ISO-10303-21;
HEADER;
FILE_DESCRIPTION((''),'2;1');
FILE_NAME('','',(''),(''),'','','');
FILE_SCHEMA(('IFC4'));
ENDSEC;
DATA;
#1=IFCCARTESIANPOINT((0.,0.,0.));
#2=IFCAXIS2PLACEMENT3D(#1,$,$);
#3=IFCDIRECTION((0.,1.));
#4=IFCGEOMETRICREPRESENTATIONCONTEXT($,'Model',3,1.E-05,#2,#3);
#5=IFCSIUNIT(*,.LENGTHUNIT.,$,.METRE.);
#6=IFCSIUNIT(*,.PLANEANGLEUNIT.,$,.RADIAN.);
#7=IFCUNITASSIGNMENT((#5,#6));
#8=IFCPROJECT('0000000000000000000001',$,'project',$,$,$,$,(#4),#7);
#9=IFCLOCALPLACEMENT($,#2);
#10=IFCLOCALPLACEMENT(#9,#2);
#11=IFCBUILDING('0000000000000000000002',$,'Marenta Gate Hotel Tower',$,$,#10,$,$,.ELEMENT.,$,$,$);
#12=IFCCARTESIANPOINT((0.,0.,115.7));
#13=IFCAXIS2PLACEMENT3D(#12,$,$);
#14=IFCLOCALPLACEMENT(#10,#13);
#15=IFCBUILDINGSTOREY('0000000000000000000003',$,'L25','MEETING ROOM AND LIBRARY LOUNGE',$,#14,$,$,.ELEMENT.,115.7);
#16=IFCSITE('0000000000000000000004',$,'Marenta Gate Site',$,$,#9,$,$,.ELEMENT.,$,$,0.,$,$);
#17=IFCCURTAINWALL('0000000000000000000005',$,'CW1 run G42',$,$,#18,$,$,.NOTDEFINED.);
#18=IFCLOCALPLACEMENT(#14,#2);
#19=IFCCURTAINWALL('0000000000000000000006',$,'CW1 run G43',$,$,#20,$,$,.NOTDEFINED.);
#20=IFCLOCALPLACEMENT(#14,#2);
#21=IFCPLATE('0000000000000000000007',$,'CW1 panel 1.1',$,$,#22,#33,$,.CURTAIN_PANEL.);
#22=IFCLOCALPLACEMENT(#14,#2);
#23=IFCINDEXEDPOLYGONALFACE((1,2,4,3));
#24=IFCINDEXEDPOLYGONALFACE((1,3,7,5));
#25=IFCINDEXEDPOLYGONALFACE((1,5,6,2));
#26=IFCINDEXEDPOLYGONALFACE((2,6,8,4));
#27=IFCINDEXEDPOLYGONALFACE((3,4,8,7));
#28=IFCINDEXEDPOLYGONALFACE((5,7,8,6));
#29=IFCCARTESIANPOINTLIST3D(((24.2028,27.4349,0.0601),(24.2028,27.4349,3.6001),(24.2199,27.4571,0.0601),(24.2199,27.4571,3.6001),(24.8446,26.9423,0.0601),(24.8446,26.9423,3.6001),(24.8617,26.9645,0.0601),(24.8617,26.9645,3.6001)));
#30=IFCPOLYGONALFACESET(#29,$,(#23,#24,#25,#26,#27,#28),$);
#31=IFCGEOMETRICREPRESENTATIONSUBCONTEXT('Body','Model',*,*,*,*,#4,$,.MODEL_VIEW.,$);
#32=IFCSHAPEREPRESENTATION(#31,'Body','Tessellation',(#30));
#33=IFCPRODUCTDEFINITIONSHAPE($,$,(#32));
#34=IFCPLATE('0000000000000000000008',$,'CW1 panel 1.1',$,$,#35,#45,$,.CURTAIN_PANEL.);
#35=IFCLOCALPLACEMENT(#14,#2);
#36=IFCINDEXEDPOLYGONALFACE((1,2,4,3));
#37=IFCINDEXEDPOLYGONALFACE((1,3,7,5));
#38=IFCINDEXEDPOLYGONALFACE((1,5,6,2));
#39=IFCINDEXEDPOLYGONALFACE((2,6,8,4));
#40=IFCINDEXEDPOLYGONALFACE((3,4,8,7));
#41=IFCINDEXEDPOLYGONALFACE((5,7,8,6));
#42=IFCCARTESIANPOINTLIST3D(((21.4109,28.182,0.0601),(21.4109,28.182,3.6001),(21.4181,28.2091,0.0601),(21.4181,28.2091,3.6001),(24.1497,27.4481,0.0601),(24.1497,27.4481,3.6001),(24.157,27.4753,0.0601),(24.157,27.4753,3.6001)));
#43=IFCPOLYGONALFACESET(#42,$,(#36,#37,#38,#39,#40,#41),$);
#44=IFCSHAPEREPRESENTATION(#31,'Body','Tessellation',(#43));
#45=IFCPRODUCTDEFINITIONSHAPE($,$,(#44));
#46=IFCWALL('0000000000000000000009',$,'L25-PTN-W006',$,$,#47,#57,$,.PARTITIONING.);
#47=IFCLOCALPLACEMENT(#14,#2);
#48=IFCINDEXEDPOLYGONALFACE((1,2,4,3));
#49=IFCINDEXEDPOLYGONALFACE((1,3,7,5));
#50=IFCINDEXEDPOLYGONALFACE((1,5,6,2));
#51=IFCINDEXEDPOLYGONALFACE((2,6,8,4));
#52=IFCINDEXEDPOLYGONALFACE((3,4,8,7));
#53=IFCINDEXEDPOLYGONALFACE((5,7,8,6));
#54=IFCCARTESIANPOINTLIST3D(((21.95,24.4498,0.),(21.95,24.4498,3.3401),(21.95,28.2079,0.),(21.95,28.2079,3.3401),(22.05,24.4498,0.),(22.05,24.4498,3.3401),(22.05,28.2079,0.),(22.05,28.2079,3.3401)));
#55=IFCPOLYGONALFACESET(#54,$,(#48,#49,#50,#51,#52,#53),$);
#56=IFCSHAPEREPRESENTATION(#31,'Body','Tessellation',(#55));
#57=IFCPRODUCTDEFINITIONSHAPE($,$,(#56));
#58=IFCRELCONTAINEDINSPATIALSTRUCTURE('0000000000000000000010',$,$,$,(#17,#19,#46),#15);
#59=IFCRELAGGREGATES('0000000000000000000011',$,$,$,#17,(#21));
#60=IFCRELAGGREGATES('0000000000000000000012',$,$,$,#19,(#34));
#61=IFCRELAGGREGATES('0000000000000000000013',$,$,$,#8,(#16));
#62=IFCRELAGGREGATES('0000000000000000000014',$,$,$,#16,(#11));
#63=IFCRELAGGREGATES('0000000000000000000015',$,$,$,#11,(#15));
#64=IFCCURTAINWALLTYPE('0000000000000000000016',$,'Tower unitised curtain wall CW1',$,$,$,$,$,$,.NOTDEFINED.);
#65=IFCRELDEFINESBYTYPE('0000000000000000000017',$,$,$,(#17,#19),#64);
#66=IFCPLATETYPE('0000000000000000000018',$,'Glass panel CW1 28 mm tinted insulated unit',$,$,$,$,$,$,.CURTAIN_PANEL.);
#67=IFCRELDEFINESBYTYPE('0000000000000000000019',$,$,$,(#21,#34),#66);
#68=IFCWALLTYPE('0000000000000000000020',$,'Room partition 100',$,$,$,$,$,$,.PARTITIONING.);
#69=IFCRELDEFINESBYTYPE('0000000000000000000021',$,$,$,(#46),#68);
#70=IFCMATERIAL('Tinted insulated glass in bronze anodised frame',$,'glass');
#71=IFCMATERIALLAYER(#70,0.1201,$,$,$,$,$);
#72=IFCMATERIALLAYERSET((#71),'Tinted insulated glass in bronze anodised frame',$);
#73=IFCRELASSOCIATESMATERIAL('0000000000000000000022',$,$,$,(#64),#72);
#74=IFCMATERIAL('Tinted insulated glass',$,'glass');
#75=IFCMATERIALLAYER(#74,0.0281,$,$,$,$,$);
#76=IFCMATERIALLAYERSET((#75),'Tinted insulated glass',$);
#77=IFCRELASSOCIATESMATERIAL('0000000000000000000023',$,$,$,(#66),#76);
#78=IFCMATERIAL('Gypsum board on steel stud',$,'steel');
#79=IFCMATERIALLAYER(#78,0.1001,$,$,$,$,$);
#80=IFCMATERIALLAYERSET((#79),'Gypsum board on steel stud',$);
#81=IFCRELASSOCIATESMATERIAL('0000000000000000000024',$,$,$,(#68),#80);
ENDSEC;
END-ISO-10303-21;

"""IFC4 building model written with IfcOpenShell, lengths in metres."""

from ifc_helpers import new_model, si_unit, direction, frame, frame_2d, origin, origin_2d, place, context, subcontext, project, spatial, rectangle, extrude, material, layer, layer_set, type_object, element, aggregate, save


model = new_model("IFC4")

# Units and contexts
model_context = context("Model", 3, precision=1e-05, world=origin(), true_north=direction((0.0, 1.0)))
body_context = subcontext(model_context, "Body", "Model", "MODEL_VIEW")
ifc_project = project(units=[si_unit("LENGTHUNIT", "METRE"), si_unit("PLANEANGLEUNIT", "RADIAN")], contexts=[model_context])

# Site, building, storey
site_placement = place(None, origin())
site = spatial("IfcSite", under=ifc_project, at=site_placement, Name="Marenta Gate Site", CompositionType="ELEMENT", RefElevation=0.0)
building_placement = place(site_placement, origin())
building = spatial("IfcBuilding", under=site, at=building_placement, Name="Marenta Gate Hotel Tower", CompositionType="ELEMENT")
storey_placement = place(building_placement, frame((0.0, 0.0, 115.7)))
storey = spatial("IfcBuildingStorey", under=building, at=storey_placement, Name="L25", Description="MEETING ROOM AND LIBRARY LOUNGE", CompositionType="ELEMENT", Elevation=115.7)

# Curtain walls
ifc_material_1 = material(Name="Tinted insulated glass in bronze anodised frame", Category="glass")
ifc_layer_1 = layer(ifc_material_1, 0.1201)
ifc_layer_set_1 = layer_set([ifc_layer_1], Name="Tinted insulated glass in bronze anodised frame")
curtain_wall_type = type_object("IfcCurtainWallType", Name="Tower unitised curtain wall CW1", PredefinedType="NOTDEFINED", material=ifc_layer_set_1)
curtain_wall_1_placement = place(storey_placement, origin())
curtain_wall_1 = element("IfcCurtainWall", 1, at=curtain_wall_1_placement, inside=storey, type_object=curtain_wall_type, Name="CW1 run G42", PredefinedType="NOTDEFINED")
curtain_wall_2_placement = place(storey_placement, origin())
curtain_wall_2 = element("IfcCurtainWall", 2, at=curtain_wall_2_placement, inside=storey, type_object=curtain_wall_type, Name="CW1 run G43", PredefinedType="NOTDEFINED")

# Plates
ifc_material_2 = material(Name="Tinted insulated glass", Category="glass")
ifc_layer_2 = layer(ifc_material_2, 0.0281)
ifc_layer_set_2 = layer_set([ifc_layer_2], Name="Tinted insulated glass")
plate_type = type_object("IfcPlateType", Name="Glass panel CW1 28 mm tinted insulated unit", PredefinedType="CURTAIN_PANEL", material=ifc_layer_set_2)
plate_1_placement = place(storey_placement, frame((24.5322, 27.1997, 0.0601), z_axis=(0.0, 0.0, 1.0), x_axis=(-0.793295, 0.608837, 0.0)))
plate_1 = element("IfcPlate", 3, at=plate_1_placement, type_object=plate_type, Name="CW1 panel 1.1", PredefinedType="CURTAIN_PANEL", context=body_context, shape_type="SweptSolid", body=[
    extrude(rectangle(XDim=0.8091, YDim=0.0281, at=origin_2d()), origin(), (0.0, 0.0, 1.0), 3.54),
])
aggregate(curtain_wall_1, [plate_1])
plate_2_placement = place(storey_placement, frame((22.7839, 27.8286, 0.0601), z_axis=(0.0, 0.0, 1.0), x_axis=(-0.965929, 0.258806, 0.0)))
plate_2 = element("IfcPlate", 4, at=plate_2_placement, type_object=plate_type, Name="CW1 panel 1.1", PredefinedType="CURTAIN_PANEL", context=body_context, shape_type="SweptSolid", body=[
    extrude(rectangle(XDim=2.8354, YDim=0.0281, at=origin_2d()), origin(), (0.0, 0.0, 1.0), 3.54),
])
aggregate(curtain_wall_2, [plate_2])

# Wall
ifc_material_3 = material(Name="Gypsum board on steel stud", Category="steel")
ifc_layer_3 = layer(ifc_material_3, 0.1001)
ifc_layer_set_3 = layer_set([ifc_layer_3], Name="Gypsum board on steel stud")
wall_type = type_object("IfcWallType", Name="Room partition 100", PredefinedType="PARTITIONING", material=ifc_layer_set_3)
wall_placement = place(storey_placement, frame((22.0, 24.45, 0.0), z_axis=(0.0, 0.0, 1.0), x_axis=(0.0, 1.0, 0.0)))
element("IfcWall", 5, at=wall_placement, inside=storey, type_object=wall_type, Name="L25-PTN-W006", PredefinedType="PARTITIONING", context=body_context, shape_type="SweptSolid", body=[
    extrude(rectangle(XDim=3.7581, YDim=0.1001, at=frame_2d((1.8789, 0.0))), origin(), (0.0, 0.0, 1.0), 3.3401),
])

save(model, "model.ifc")
